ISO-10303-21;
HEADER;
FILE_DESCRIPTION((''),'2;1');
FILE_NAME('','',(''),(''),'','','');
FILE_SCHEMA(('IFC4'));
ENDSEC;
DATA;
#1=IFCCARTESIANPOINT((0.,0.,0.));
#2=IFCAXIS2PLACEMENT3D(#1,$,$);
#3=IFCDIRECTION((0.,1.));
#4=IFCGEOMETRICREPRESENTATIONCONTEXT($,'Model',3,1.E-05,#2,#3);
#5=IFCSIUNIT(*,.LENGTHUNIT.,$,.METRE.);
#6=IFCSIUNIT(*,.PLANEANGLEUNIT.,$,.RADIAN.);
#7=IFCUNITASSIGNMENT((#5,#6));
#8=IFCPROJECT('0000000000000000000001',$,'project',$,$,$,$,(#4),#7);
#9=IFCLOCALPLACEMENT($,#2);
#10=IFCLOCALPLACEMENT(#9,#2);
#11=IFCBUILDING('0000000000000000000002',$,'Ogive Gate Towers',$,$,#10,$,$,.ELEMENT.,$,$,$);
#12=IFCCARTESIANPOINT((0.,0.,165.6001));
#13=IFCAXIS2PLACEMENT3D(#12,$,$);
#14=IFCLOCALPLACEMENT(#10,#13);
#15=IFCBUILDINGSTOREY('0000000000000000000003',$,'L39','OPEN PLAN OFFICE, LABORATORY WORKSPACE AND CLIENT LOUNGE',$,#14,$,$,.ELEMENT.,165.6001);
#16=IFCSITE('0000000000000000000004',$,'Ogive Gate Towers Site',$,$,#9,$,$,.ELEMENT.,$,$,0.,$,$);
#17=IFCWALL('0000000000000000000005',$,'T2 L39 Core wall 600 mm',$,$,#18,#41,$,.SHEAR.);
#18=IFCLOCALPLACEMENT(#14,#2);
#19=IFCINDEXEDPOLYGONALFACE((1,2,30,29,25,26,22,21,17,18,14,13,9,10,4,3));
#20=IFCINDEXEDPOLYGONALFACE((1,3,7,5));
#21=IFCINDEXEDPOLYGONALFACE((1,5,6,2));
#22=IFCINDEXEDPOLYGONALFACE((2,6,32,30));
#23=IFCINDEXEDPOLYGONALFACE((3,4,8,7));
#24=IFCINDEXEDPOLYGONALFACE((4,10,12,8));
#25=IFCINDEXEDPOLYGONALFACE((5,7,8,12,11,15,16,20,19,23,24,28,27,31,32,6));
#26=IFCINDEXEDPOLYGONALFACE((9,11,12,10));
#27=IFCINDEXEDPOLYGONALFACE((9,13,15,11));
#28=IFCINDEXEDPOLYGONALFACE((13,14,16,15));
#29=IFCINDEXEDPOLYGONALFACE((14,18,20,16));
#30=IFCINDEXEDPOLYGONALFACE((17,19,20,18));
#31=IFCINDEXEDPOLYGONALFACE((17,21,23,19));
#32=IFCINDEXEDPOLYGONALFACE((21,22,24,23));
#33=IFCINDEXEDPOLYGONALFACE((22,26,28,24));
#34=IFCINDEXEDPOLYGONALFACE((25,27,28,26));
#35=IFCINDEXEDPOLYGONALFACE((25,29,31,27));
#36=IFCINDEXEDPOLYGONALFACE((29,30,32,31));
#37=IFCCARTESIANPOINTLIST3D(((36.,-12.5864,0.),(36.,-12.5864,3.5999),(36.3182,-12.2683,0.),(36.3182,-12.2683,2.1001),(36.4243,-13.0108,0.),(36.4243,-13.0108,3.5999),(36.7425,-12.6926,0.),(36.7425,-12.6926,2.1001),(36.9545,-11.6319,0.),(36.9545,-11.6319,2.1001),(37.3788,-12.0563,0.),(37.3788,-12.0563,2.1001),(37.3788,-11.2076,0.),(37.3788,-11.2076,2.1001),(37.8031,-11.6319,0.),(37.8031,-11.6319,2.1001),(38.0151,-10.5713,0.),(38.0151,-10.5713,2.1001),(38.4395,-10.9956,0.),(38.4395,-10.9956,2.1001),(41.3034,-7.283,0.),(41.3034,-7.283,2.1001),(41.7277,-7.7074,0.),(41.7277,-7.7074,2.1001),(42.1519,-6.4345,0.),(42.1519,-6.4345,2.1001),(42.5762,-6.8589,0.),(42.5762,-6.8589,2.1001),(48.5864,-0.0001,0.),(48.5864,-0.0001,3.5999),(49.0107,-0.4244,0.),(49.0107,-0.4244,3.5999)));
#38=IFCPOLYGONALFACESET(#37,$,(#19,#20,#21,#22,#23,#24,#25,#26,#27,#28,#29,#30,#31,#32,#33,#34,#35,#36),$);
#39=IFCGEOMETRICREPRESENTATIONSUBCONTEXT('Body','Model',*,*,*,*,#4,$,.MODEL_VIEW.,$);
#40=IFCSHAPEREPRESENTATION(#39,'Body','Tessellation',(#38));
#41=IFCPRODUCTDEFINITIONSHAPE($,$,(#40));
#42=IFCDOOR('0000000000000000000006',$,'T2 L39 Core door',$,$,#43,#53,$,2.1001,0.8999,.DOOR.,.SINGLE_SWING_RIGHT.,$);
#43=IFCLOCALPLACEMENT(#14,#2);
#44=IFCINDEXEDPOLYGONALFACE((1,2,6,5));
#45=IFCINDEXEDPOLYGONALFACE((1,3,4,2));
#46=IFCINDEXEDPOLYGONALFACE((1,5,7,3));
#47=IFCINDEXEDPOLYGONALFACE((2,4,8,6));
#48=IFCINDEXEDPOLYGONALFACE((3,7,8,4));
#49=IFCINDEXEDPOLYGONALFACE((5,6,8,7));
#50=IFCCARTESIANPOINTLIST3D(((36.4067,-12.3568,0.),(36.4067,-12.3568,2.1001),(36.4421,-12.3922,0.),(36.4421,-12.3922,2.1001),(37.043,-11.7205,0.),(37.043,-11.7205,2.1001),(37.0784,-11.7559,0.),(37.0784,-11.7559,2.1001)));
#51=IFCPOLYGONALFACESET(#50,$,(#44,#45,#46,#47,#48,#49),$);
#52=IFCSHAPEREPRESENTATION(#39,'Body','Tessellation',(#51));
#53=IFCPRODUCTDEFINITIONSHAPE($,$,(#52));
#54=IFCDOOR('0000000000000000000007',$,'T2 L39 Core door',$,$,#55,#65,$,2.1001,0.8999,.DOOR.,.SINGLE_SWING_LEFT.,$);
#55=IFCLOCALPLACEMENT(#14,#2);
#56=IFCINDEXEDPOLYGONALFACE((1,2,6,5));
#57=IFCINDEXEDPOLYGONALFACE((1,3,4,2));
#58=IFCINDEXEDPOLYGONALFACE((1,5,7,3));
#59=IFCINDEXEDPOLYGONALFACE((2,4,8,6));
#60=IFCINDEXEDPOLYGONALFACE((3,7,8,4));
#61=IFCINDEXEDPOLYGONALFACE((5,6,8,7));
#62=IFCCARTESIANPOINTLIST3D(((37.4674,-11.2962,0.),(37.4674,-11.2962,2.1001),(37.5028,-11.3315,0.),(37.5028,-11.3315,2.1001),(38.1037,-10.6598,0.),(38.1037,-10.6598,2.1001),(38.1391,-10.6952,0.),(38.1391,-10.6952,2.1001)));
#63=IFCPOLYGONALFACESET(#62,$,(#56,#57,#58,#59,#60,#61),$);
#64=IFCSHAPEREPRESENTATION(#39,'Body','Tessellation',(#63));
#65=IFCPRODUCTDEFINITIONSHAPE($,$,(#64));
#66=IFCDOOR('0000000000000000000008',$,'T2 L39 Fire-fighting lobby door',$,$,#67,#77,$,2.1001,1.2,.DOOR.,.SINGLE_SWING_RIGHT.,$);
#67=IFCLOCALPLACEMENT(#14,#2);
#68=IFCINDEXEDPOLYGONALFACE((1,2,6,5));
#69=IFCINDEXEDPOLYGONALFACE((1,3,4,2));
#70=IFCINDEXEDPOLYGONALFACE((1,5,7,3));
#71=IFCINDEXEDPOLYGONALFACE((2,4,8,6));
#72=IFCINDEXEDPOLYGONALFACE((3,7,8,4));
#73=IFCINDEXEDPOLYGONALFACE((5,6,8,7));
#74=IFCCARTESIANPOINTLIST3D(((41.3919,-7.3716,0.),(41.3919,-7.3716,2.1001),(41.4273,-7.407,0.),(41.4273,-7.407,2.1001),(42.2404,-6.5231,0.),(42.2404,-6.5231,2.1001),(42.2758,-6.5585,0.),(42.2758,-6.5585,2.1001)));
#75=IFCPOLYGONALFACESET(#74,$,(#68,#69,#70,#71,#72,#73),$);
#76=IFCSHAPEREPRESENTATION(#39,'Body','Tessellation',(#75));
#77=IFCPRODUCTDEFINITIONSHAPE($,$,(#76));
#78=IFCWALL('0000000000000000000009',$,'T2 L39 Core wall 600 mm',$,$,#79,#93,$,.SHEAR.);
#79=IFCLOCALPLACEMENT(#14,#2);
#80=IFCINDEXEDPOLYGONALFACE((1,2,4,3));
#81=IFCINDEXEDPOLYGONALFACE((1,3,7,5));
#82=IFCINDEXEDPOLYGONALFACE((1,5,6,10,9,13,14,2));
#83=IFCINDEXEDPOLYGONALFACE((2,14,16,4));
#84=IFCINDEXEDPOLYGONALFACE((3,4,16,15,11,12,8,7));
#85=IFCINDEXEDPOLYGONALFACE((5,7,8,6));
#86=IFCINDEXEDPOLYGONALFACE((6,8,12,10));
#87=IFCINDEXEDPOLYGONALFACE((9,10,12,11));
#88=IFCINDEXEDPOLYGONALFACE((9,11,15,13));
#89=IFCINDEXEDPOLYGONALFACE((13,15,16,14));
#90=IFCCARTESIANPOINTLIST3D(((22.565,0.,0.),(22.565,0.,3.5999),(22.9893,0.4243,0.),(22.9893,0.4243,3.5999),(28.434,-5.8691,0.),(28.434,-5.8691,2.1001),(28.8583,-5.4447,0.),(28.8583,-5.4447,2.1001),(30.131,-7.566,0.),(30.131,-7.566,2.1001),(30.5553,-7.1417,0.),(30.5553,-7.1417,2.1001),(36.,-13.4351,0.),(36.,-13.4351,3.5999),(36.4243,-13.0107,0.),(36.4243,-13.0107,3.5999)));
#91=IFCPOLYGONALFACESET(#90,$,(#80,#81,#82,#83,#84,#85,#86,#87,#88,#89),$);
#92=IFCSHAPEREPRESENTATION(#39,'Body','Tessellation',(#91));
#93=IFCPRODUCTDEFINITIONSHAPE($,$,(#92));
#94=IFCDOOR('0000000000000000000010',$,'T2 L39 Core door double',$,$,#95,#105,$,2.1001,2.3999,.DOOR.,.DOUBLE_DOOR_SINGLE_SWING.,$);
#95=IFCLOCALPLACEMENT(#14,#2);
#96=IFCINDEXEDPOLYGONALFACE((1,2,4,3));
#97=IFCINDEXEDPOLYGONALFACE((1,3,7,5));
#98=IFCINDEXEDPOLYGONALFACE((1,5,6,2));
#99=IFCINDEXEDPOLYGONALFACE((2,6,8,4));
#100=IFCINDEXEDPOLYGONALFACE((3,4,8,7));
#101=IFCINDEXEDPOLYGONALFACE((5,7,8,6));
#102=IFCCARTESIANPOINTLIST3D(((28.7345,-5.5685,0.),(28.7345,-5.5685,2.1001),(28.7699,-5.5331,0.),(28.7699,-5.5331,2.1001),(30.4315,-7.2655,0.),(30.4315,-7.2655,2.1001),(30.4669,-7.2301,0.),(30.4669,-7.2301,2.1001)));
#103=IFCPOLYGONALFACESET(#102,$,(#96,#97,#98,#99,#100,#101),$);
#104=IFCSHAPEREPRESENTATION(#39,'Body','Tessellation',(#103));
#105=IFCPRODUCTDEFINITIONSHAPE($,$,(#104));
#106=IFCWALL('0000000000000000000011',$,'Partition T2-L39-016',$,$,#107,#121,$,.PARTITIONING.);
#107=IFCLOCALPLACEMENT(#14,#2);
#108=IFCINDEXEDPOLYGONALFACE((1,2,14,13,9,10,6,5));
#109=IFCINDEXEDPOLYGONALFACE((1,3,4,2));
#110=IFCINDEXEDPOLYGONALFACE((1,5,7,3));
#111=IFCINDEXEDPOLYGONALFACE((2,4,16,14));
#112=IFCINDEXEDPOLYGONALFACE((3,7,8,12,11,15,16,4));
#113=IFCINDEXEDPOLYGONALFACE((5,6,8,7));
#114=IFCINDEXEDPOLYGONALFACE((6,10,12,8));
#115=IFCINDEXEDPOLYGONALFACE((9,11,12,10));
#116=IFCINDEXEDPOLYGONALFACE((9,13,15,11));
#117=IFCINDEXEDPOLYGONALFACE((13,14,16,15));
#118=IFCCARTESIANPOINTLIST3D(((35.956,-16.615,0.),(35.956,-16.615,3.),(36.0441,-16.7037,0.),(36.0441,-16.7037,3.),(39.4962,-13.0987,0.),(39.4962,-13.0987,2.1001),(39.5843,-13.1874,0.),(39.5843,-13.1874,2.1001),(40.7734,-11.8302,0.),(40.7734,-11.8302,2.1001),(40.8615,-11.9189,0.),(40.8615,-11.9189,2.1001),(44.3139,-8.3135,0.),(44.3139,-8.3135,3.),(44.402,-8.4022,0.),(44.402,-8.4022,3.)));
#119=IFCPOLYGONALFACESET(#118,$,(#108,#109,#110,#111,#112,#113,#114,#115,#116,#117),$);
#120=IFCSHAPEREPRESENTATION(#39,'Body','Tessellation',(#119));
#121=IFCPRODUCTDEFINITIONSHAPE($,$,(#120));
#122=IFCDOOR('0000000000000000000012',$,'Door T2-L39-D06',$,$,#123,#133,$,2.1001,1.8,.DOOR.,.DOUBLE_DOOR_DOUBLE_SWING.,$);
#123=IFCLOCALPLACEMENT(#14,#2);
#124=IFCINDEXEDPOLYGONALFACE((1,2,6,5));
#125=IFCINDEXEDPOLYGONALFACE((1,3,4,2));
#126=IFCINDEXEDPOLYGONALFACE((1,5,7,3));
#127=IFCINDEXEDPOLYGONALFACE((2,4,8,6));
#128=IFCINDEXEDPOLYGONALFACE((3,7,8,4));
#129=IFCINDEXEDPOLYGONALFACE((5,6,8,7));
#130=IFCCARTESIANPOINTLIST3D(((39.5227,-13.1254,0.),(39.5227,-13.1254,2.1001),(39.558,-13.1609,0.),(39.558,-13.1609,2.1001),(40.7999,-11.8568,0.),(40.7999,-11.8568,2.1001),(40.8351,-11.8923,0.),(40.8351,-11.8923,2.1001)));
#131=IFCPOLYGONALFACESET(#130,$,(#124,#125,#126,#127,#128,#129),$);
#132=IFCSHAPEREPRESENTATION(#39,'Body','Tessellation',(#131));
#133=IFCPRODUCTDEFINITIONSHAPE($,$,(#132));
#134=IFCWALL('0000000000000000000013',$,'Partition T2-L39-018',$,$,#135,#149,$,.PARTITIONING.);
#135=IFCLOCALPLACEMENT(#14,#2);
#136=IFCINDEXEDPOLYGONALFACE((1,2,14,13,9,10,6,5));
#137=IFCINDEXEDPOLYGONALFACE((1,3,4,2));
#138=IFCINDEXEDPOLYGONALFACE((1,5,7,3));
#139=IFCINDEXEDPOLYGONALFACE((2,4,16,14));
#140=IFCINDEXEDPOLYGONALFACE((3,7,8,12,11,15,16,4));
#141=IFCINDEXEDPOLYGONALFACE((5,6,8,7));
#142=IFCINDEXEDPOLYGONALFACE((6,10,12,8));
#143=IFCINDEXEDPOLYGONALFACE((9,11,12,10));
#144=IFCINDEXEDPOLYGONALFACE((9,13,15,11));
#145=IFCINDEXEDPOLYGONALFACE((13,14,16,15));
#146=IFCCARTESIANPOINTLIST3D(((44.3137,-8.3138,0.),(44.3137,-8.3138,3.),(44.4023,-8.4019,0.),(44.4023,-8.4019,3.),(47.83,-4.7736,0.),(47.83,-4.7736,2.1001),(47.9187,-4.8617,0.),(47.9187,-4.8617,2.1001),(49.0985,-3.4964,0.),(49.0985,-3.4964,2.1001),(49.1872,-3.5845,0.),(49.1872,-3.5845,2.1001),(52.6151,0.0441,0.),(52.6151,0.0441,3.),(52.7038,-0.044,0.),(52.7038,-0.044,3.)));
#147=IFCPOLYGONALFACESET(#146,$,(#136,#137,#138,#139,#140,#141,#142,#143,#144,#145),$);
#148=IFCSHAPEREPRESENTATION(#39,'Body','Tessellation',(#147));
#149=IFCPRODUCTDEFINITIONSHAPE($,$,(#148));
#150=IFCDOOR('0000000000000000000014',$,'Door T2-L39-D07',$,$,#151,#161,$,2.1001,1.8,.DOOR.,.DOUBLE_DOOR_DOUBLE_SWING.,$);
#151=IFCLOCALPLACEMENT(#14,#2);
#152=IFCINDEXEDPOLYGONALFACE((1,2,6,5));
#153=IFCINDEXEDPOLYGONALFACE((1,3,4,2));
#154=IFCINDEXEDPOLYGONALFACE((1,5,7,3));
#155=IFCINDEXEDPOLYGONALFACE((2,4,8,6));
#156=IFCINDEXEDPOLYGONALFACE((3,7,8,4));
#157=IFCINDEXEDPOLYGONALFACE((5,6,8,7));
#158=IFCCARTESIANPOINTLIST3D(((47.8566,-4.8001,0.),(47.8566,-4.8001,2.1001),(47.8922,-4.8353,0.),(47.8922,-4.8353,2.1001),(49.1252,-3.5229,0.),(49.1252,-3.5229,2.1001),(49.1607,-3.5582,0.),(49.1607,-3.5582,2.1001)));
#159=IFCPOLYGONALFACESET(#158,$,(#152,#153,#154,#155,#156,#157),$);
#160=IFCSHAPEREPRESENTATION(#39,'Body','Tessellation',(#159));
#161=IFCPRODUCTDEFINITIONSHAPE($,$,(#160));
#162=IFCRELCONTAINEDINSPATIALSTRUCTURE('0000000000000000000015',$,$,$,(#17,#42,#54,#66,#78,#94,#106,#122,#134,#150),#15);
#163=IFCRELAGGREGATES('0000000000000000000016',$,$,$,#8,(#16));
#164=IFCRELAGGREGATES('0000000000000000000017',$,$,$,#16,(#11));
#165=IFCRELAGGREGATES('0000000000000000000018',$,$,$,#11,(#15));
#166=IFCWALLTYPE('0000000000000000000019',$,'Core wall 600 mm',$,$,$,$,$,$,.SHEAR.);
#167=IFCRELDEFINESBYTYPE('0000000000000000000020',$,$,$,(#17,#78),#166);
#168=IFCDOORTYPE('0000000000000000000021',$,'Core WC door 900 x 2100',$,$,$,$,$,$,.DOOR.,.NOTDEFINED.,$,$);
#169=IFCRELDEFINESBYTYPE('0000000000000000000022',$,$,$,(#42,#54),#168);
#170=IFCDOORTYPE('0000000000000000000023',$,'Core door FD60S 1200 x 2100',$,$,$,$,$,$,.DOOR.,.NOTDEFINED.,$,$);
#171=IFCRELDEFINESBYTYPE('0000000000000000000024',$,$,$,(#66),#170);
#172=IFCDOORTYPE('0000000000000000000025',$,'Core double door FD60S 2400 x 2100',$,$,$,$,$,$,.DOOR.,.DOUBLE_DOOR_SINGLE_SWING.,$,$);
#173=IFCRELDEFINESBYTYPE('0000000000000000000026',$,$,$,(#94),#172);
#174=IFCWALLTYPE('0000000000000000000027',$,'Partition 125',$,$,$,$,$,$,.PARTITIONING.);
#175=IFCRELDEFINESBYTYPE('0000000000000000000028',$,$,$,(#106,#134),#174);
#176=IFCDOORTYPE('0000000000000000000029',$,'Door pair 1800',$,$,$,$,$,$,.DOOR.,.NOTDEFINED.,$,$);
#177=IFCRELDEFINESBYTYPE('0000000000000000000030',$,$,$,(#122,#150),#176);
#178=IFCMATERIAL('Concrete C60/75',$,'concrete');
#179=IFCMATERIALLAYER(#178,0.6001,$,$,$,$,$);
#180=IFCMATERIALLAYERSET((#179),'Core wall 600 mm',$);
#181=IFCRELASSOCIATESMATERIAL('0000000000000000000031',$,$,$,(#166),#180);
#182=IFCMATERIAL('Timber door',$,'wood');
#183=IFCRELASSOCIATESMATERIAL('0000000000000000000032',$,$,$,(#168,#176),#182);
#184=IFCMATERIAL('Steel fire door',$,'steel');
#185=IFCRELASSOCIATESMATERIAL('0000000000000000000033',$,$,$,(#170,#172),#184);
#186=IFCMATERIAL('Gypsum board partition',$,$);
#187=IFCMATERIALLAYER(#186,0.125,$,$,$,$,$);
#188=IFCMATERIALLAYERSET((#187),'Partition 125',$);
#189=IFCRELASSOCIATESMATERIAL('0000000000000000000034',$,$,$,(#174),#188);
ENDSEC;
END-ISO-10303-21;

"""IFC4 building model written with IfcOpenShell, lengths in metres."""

from ifc_helpers import new_model, si_unit, direction, frame, frame_2d, origin, place, context, subcontext, project, spatial, rectangle, extrude, material, layer, layer_set, type_object, element, fill, save


model = new_model("IFC4")

# Units and contexts
model_context = context("Model", 3, precision=1e-05, world=origin(), true_north=direction((0.0, 1.0)))
body_context = subcontext(model_context, "Body", "Model", "MODEL_VIEW")
ifc_project = project(units=[si_unit("LENGTHUNIT", "METRE"), si_unit("PLANEANGLEUNIT", "RADIAN")], contexts=[model_context])

# Site, building, storey
site_placement = place(None, origin())
site = spatial("IfcSite", under=ifc_project, at=site_placement, Name="Ogive Gate Towers Site", CompositionType="ELEMENT", RefElevation=0.0)
building_placement = place(site_placement, origin())
building = spatial("IfcBuilding", under=site, at=building_placement, Name="Ogive Gate Towers", CompositionType="ELEMENT")
storey_placement = place(building_placement, frame((0.0, 0.0, 165.6001)))
storey = spatial("IfcBuildingStorey", under=building, at=storey_placement, Name="L39", Description="OPEN PLAN OFFICE, LABORATORY WORKSPACE AND CLIENT LOUNGE", CompositionType="ELEMENT", Elevation=165.6001)

# Wall, openings, doors
ifc_material_1 = material(Name="Concrete C60/75", Category="concrete")
ifc_layer_1 = layer(ifc_material_1, 0.6001)
ifc_layer_set_1 = layer_set([ifc_layer_1], Name="Core wall 600 mm")
wall_type_1 = type_object("IfcWallType", Name="Core wall 600 mm", PredefinedType="SHEAR", material=ifc_layer_set_1)
wall_1_placement = place(storey_placement, frame((36.2122, -12.7986, 0.0), z_axis=(0.0, 0.0, 1.0), x_axis=(0.707107, 0.707107, 0.0)))
wall_1 = element("IfcWall", 1, at=wall_1_placement, inside=storey, type_object=wall_type_1, Name="T2 L39 Core wall 600 mm", PredefinedType="SHEAR", context=body_context, shape_type="SweptSolid", body=[
    extrude(rectangle(XDim=17.7998, YDim=0.6001, at=frame_2d((8.8999, 0.0))), origin(), (0.0, 0.0, 1.0), 3.5999),
])
opening_1_placement = place(wall_1_placement, frame((7.5, 0.0, 0.0)))
opening_1 = element("IfcOpeningElement", 2, at=opening_1_placement, cuts=wall_1, PredefinedType="OPENING", context=body_context, shape_type="SweptSolid", body=[
    extrude(rectangle(XDim=1.2, YDim=2.1001, at=frame_2d((0.6001, 1.05))), frame((0.0, 0.3101, 0.0), z_axis=(0.0, -1.0, 0.0), x_axis=(1.0, 0.0, 0.0)), (0.0, 0.0, 1.0), 0.6201),
])
opening_2_placement = place(wall_1_placement, frame((0.45, 0.0, 0.0)))
opening_2 = element("IfcOpeningElement", 3, at=opening_2_placement, cuts=wall_1, PredefinedType="OPENING", context=body_context, shape_type="SweptSolid", body=[
    extrude(rectangle(XDim=0.8999, YDim=2.1001, at=frame_2d((0.45, 1.05))), frame((0.0, 0.3101, 0.0), z_axis=(0.0, -1.0, 0.0), x_axis=(1.0, 0.0, 0.0)), (0.0, 0.0, 1.0), 0.6201),
])
opening_3_placement = place(wall_1_placement, frame((1.95, 0.0, 0.0)))
opening_3 = element("IfcOpeningElement", 4, at=opening_3_placement, cuts=wall_1, PredefinedType="OPENING", context=body_context, shape_type="SweptSolid", body=[
    extrude(rectangle(XDim=0.8999, YDim=2.1001, at=frame_2d((0.45, 1.05))), frame((0.0, 0.3101, 0.0), z_axis=(0.0, -1.0, 0.0), x_axis=(1.0, 0.0, 0.0)), (0.0, 0.0, 1.0), 0.6201),
])
ifc_material_2 = material(Name="Timber door", Category="wood")
door_type_1 = type_object("IfcDoorType", Name="Core WC door 900 x 2100", OperationType="NOTDEFINED", PredefinedType="DOOR", material=ifc_material_2)
door_1_placement = place(opening_2_placement, origin())
door_1 = element("IfcDoor", 5, at=door_1_placement, inside=storey, type_object=door_type_1, Name="T2 L39 Core door", OperationType="SINGLE_SWING_RIGHT", OverallHeight=2.1001, OverallWidth=0.8999, PredefinedType="DOOR", context=body_context, shape_type="SweptSolid", body=[
    extrude(rectangle(XDim=0.8999, YDim=2.1001, at=frame_2d((0.45, 1.05))), frame((0.0, 0.1748, 0.0), z_axis=(0.0, -1.0, 0.0), x_axis=(1.0, 0.0, 0.0)), (0.0, 0.0, 1.0), 0.05),
])
fill(opening_2, door_1)
door_2_placement = place(opening_3_placement, origin())
door_2 = element("IfcDoor", 6, at=door_2_placement, inside=storey, type_object=door_type_1, Name="T2 L39 Core door", OperationType="SINGLE_SWING_LEFT", OverallHeight=2.1001, OverallWidth=0.8999, PredefinedType="DOOR", context=body_context, shape_type="SweptSolid", body=[
    extrude(rectangle(XDim=0.8999, YDim=2.1001, at=frame_2d((0.45, 1.05))), frame((0.0, 0.1748, 0.0), z_axis=(0.0, -1.0, 0.0), x_axis=(1.0, 0.0, 0.0)), (0.0, 0.0, 1.0), 0.05),
])
fill(opening_3, door_2)
ifc_material_3 = material(Name="Steel fire door", Category="steel")
door_type_2 = type_object("IfcDoorType", Name="Core door FD60S 1200 x 2100", OperationType="NOTDEFINED", PredefinedType="DOOR", material=ifc_material_3)
door_3_placement = place(opening_1_placement, origin())
door_3 = element("IfcDoor", 7, at=door_3_placement, inside=storey, type_object=door_type_2, Name="T2 L39 Fire-fighting lobby door", OperationType="SINGLE_SWING_RIGHT", OverallHeight=2.1001, OverallWidth=1.2, PredefinedType="DOOR", context=body_context, shape_type="SweptSolid", body=[
    extrude(rectangle(XDim=1.2, YDim=2.1001, at=frame_2d((0.6001, 1.05))), frame((0.0, 0.1748, 0.0), z_axis=(0.0, -1.0, 0.0), x_axis=(1.0, 0.0, 0.0)), (0.0, 0.0, 1.0), 0.05),
])
fill(opening_1, door_3)

# Walls, openings, doors
wall_2_placement = place(storey_placement, frame((36.2122, -13.2229, 0.0), z_axis=(0.0, 0.0, 1.0), x_axis=(-0.707107, 0.707107, 0.0)))
wall_2 = element("IfcWall", 8, at=wall_2_placement, inside=storey, type_object=wall_type_1, Name="T2 L39 Core wall 600 mm", PredefinedType="SHEAR", context=body_context, shape_type="SweptSolid", body=[
    extrude(rectangle(XDim=19.0, YDim=0.6001, at=frame_2d((9.5, 0.0))), origin(), (0.0, 0.0, 1.0), 3.5999),
])
opening_4_placement = place(wall_2_placement, frame((8.3, 0.0, 0.0)))
opening_4 = element("IfcOpeningElement", 9, at=opening_4_placement, cuts=wall_2, PredefinedType="OPENING", context=body_context, shape_type="SweptSolid", body=[
    extrude(rectangle(XDim=2.3999, YDim=2.1001, at=frame_2d((1.2, 1.05))), frame((0.0, 0.3101, 0.0), z_axis=(0.0, -1.0, 0.0), x_axis=(1.0, 0.0, 0.0)), (0.0, 0.0, 1.0), 0.6201),
])
door_type_3 = type_object("IfcDoorType", Name="Core double door FD60S 2400 x 2100", OperationType="DOUBLE_DOOR_SINGLE_SWING", PredefinedType="DOOR", material=ifc_material_3)
door_4_placement = place(opening_4_placement, origin())
door_4 = element("IfcDoor", 10, at=door_4_placement, inside=storey, type_object=door_type_3, Name="T2 L39 Core door double", OperationType="DOUBLE_DOOR_SINGLE_SWING", OverallHeight=2.1001, OverallWidth=2.3999, PredefinedType="DOOR", context=body_context, shape_type="SweptSolid", body=[
    extrude(rectangle(XDim=2.3999, YDim=2.1001, at=frame_2d((1.2, 1.05))), frame((0.0, -0.125, 0.0), z_axis=(0.0, -1.0, 0.0), x_axis=(1.0, 0.0, 0.0)), (0.0, 0.0, 1.0), 0.05),
])
fill(opening_4, door_4)
ifc_material_4 = material(Name="Gypsum board partition")
ifc_layer_2 = layer(ifc_material_4, 0.125)
ifc_layer_set_2 = layer_set([ifc_layer_2], Name="Partition 125")
wall_type_2 = type_object("IfcWallType", Name="Partition 125", PredefinedType="PARTITIONING", material=ifc_layer_set_2)
wall_3_placement = place(storey_placement, frame((36.0, -16.6594, 0.0), z_axis=(0.0, 0.0, 1.0), x_axis=(0.709496, 0.704709, 0.0)))
wall_3 = element("IfcWall", 11, at=wall_3_placement, inside=storey, type_object=wall_type_2, Name="Partition T2-L39-016", PredefinedType="PARTITIONING", context=body_context, shape_type="SweptSolid", body=[
    extrude(rectangle(XDim=11.78, YDim=0.125, at=frame_2d((5.8901, 0.0))), origin(), (0.0, 0.0, 1.0), 3.0),
])
opening_5_placement = place(wall_3_placement, frame((4.99, 0.0, 0.0)))
opening_5 = element("IfcOpeningElement", 12, at=opening_5_placement, cuts=wall_3, PredefinedType="OPENING", context=body_context, shape_type="SweptSolid", body=[
    extrude(rectangle(XDim=1.8, YDim=2.1001, at=frame_2d((0.8999, 1.05))), frame((0.0, 0.0725, 0.0), z_axis=(0.0, -1.0, 0.0), x_axis=(1.0, 0.0, 0.0)), (0.0, 0.0, 1.0), 0.145),
])
door_type_4 = type_object("IfcDoorType", Name="Door pair 1800", OperationType="NOTDEFINED", PredefinedType="DOOR", material=ifc_material_2)
door_5_placement = place(opening_5_placement, origin())
door_5 = element("IfcDoor", 13, at=door_5_placement, inside=storey, type_object=door_type_4, Name="Door T2-L39-D06", OperationType="DOUBLE_DOOR_DOUBLE_SWING", OverallHeight=2.1001, OverallWidth=1.8, PredefinedType="DOOR", context=body_context, shape_type="SweptSolid", body=[
    extrude(rectangle(XDim=1.8, YDim=2.1001, at=frame_2d((0.8999, 1.05))), frame((0.0, 0.0249, 0.0), z_axis=(0.0, -1.0, 0.0), x_axis=(1.0, 0.0, 0.0)), (0.0, 0.0, 1.0), 0.05),
])
fill(opening_5, door_5)
wall_4_placement = place(storey_placement, frame((44.3579, -8.3579, 0.0), z_axis=(0.0, 0.0, 1.0), x_axis=(0.704709, 0.709496, 0.0)))
wall_4 = element("IfcWall", 14, at=wall_4_placement, inside=storey, type_object=wall_type_2, Name="Partition T2-L39-018", PredefinedType="PARTITIONING", context=body_context, shape_type="SweptSolid", body=[
    extrude(rectangle(XDim=11.78, YDim=0.125, at=frame_2d((5.8901, 0.0))), origin(), (0.0, 0.0, 1.0), 3.0),
])
opening_6_placement = place(wall_4_placement, frame((4.99, 0.0, 0.0)))
opening_6 = element("IfcOpeningElement", 15, at=opening_6_placement, cuts=wall_4, PredefinedType="OPENING", context=body_context, shape_type="SweptSolid", body=[
    extrude(rectangle(XDim=1.8, YDim=2.1001, at=frame_2d((0.8999, 1.05))), frame((0.0, 0.0725, 0.0), z_axis=(0.0, -1.0, 0.0), x_axis=(1.0, 0.0, 0.0)), (0.0, 0.0, 1.0), 0.145),
])
door_6_placement = place(opening_6_placement, origin())
door_6 = element("IfcDoor", 16, at=door_6_placement, inside=storey, type_object=door_type_4, Name="Door T2-L39-D07", OperationType="DOUBLE_DOOR_DOUBLE_SWING", OverallHeight=2.1001, OverallWidth=1.8, PredefinedType="DOOR", context=body_context, shape_type="SweptSolid", body=[
    extrude(rectangle(XDim=1.8, YDim=2.1001, at=frame_2d((0.8999, 1.05))), frame((0.0, 0.0249, 0.0), z_axis=(0.0, -1.0, 0.0), x_axis=(1.0, 0.0, 0.0)), (0.0, 0.0, 1.0), 0.05),
])
fill(opening_6, door_6)

save(model, "model.ifc")
